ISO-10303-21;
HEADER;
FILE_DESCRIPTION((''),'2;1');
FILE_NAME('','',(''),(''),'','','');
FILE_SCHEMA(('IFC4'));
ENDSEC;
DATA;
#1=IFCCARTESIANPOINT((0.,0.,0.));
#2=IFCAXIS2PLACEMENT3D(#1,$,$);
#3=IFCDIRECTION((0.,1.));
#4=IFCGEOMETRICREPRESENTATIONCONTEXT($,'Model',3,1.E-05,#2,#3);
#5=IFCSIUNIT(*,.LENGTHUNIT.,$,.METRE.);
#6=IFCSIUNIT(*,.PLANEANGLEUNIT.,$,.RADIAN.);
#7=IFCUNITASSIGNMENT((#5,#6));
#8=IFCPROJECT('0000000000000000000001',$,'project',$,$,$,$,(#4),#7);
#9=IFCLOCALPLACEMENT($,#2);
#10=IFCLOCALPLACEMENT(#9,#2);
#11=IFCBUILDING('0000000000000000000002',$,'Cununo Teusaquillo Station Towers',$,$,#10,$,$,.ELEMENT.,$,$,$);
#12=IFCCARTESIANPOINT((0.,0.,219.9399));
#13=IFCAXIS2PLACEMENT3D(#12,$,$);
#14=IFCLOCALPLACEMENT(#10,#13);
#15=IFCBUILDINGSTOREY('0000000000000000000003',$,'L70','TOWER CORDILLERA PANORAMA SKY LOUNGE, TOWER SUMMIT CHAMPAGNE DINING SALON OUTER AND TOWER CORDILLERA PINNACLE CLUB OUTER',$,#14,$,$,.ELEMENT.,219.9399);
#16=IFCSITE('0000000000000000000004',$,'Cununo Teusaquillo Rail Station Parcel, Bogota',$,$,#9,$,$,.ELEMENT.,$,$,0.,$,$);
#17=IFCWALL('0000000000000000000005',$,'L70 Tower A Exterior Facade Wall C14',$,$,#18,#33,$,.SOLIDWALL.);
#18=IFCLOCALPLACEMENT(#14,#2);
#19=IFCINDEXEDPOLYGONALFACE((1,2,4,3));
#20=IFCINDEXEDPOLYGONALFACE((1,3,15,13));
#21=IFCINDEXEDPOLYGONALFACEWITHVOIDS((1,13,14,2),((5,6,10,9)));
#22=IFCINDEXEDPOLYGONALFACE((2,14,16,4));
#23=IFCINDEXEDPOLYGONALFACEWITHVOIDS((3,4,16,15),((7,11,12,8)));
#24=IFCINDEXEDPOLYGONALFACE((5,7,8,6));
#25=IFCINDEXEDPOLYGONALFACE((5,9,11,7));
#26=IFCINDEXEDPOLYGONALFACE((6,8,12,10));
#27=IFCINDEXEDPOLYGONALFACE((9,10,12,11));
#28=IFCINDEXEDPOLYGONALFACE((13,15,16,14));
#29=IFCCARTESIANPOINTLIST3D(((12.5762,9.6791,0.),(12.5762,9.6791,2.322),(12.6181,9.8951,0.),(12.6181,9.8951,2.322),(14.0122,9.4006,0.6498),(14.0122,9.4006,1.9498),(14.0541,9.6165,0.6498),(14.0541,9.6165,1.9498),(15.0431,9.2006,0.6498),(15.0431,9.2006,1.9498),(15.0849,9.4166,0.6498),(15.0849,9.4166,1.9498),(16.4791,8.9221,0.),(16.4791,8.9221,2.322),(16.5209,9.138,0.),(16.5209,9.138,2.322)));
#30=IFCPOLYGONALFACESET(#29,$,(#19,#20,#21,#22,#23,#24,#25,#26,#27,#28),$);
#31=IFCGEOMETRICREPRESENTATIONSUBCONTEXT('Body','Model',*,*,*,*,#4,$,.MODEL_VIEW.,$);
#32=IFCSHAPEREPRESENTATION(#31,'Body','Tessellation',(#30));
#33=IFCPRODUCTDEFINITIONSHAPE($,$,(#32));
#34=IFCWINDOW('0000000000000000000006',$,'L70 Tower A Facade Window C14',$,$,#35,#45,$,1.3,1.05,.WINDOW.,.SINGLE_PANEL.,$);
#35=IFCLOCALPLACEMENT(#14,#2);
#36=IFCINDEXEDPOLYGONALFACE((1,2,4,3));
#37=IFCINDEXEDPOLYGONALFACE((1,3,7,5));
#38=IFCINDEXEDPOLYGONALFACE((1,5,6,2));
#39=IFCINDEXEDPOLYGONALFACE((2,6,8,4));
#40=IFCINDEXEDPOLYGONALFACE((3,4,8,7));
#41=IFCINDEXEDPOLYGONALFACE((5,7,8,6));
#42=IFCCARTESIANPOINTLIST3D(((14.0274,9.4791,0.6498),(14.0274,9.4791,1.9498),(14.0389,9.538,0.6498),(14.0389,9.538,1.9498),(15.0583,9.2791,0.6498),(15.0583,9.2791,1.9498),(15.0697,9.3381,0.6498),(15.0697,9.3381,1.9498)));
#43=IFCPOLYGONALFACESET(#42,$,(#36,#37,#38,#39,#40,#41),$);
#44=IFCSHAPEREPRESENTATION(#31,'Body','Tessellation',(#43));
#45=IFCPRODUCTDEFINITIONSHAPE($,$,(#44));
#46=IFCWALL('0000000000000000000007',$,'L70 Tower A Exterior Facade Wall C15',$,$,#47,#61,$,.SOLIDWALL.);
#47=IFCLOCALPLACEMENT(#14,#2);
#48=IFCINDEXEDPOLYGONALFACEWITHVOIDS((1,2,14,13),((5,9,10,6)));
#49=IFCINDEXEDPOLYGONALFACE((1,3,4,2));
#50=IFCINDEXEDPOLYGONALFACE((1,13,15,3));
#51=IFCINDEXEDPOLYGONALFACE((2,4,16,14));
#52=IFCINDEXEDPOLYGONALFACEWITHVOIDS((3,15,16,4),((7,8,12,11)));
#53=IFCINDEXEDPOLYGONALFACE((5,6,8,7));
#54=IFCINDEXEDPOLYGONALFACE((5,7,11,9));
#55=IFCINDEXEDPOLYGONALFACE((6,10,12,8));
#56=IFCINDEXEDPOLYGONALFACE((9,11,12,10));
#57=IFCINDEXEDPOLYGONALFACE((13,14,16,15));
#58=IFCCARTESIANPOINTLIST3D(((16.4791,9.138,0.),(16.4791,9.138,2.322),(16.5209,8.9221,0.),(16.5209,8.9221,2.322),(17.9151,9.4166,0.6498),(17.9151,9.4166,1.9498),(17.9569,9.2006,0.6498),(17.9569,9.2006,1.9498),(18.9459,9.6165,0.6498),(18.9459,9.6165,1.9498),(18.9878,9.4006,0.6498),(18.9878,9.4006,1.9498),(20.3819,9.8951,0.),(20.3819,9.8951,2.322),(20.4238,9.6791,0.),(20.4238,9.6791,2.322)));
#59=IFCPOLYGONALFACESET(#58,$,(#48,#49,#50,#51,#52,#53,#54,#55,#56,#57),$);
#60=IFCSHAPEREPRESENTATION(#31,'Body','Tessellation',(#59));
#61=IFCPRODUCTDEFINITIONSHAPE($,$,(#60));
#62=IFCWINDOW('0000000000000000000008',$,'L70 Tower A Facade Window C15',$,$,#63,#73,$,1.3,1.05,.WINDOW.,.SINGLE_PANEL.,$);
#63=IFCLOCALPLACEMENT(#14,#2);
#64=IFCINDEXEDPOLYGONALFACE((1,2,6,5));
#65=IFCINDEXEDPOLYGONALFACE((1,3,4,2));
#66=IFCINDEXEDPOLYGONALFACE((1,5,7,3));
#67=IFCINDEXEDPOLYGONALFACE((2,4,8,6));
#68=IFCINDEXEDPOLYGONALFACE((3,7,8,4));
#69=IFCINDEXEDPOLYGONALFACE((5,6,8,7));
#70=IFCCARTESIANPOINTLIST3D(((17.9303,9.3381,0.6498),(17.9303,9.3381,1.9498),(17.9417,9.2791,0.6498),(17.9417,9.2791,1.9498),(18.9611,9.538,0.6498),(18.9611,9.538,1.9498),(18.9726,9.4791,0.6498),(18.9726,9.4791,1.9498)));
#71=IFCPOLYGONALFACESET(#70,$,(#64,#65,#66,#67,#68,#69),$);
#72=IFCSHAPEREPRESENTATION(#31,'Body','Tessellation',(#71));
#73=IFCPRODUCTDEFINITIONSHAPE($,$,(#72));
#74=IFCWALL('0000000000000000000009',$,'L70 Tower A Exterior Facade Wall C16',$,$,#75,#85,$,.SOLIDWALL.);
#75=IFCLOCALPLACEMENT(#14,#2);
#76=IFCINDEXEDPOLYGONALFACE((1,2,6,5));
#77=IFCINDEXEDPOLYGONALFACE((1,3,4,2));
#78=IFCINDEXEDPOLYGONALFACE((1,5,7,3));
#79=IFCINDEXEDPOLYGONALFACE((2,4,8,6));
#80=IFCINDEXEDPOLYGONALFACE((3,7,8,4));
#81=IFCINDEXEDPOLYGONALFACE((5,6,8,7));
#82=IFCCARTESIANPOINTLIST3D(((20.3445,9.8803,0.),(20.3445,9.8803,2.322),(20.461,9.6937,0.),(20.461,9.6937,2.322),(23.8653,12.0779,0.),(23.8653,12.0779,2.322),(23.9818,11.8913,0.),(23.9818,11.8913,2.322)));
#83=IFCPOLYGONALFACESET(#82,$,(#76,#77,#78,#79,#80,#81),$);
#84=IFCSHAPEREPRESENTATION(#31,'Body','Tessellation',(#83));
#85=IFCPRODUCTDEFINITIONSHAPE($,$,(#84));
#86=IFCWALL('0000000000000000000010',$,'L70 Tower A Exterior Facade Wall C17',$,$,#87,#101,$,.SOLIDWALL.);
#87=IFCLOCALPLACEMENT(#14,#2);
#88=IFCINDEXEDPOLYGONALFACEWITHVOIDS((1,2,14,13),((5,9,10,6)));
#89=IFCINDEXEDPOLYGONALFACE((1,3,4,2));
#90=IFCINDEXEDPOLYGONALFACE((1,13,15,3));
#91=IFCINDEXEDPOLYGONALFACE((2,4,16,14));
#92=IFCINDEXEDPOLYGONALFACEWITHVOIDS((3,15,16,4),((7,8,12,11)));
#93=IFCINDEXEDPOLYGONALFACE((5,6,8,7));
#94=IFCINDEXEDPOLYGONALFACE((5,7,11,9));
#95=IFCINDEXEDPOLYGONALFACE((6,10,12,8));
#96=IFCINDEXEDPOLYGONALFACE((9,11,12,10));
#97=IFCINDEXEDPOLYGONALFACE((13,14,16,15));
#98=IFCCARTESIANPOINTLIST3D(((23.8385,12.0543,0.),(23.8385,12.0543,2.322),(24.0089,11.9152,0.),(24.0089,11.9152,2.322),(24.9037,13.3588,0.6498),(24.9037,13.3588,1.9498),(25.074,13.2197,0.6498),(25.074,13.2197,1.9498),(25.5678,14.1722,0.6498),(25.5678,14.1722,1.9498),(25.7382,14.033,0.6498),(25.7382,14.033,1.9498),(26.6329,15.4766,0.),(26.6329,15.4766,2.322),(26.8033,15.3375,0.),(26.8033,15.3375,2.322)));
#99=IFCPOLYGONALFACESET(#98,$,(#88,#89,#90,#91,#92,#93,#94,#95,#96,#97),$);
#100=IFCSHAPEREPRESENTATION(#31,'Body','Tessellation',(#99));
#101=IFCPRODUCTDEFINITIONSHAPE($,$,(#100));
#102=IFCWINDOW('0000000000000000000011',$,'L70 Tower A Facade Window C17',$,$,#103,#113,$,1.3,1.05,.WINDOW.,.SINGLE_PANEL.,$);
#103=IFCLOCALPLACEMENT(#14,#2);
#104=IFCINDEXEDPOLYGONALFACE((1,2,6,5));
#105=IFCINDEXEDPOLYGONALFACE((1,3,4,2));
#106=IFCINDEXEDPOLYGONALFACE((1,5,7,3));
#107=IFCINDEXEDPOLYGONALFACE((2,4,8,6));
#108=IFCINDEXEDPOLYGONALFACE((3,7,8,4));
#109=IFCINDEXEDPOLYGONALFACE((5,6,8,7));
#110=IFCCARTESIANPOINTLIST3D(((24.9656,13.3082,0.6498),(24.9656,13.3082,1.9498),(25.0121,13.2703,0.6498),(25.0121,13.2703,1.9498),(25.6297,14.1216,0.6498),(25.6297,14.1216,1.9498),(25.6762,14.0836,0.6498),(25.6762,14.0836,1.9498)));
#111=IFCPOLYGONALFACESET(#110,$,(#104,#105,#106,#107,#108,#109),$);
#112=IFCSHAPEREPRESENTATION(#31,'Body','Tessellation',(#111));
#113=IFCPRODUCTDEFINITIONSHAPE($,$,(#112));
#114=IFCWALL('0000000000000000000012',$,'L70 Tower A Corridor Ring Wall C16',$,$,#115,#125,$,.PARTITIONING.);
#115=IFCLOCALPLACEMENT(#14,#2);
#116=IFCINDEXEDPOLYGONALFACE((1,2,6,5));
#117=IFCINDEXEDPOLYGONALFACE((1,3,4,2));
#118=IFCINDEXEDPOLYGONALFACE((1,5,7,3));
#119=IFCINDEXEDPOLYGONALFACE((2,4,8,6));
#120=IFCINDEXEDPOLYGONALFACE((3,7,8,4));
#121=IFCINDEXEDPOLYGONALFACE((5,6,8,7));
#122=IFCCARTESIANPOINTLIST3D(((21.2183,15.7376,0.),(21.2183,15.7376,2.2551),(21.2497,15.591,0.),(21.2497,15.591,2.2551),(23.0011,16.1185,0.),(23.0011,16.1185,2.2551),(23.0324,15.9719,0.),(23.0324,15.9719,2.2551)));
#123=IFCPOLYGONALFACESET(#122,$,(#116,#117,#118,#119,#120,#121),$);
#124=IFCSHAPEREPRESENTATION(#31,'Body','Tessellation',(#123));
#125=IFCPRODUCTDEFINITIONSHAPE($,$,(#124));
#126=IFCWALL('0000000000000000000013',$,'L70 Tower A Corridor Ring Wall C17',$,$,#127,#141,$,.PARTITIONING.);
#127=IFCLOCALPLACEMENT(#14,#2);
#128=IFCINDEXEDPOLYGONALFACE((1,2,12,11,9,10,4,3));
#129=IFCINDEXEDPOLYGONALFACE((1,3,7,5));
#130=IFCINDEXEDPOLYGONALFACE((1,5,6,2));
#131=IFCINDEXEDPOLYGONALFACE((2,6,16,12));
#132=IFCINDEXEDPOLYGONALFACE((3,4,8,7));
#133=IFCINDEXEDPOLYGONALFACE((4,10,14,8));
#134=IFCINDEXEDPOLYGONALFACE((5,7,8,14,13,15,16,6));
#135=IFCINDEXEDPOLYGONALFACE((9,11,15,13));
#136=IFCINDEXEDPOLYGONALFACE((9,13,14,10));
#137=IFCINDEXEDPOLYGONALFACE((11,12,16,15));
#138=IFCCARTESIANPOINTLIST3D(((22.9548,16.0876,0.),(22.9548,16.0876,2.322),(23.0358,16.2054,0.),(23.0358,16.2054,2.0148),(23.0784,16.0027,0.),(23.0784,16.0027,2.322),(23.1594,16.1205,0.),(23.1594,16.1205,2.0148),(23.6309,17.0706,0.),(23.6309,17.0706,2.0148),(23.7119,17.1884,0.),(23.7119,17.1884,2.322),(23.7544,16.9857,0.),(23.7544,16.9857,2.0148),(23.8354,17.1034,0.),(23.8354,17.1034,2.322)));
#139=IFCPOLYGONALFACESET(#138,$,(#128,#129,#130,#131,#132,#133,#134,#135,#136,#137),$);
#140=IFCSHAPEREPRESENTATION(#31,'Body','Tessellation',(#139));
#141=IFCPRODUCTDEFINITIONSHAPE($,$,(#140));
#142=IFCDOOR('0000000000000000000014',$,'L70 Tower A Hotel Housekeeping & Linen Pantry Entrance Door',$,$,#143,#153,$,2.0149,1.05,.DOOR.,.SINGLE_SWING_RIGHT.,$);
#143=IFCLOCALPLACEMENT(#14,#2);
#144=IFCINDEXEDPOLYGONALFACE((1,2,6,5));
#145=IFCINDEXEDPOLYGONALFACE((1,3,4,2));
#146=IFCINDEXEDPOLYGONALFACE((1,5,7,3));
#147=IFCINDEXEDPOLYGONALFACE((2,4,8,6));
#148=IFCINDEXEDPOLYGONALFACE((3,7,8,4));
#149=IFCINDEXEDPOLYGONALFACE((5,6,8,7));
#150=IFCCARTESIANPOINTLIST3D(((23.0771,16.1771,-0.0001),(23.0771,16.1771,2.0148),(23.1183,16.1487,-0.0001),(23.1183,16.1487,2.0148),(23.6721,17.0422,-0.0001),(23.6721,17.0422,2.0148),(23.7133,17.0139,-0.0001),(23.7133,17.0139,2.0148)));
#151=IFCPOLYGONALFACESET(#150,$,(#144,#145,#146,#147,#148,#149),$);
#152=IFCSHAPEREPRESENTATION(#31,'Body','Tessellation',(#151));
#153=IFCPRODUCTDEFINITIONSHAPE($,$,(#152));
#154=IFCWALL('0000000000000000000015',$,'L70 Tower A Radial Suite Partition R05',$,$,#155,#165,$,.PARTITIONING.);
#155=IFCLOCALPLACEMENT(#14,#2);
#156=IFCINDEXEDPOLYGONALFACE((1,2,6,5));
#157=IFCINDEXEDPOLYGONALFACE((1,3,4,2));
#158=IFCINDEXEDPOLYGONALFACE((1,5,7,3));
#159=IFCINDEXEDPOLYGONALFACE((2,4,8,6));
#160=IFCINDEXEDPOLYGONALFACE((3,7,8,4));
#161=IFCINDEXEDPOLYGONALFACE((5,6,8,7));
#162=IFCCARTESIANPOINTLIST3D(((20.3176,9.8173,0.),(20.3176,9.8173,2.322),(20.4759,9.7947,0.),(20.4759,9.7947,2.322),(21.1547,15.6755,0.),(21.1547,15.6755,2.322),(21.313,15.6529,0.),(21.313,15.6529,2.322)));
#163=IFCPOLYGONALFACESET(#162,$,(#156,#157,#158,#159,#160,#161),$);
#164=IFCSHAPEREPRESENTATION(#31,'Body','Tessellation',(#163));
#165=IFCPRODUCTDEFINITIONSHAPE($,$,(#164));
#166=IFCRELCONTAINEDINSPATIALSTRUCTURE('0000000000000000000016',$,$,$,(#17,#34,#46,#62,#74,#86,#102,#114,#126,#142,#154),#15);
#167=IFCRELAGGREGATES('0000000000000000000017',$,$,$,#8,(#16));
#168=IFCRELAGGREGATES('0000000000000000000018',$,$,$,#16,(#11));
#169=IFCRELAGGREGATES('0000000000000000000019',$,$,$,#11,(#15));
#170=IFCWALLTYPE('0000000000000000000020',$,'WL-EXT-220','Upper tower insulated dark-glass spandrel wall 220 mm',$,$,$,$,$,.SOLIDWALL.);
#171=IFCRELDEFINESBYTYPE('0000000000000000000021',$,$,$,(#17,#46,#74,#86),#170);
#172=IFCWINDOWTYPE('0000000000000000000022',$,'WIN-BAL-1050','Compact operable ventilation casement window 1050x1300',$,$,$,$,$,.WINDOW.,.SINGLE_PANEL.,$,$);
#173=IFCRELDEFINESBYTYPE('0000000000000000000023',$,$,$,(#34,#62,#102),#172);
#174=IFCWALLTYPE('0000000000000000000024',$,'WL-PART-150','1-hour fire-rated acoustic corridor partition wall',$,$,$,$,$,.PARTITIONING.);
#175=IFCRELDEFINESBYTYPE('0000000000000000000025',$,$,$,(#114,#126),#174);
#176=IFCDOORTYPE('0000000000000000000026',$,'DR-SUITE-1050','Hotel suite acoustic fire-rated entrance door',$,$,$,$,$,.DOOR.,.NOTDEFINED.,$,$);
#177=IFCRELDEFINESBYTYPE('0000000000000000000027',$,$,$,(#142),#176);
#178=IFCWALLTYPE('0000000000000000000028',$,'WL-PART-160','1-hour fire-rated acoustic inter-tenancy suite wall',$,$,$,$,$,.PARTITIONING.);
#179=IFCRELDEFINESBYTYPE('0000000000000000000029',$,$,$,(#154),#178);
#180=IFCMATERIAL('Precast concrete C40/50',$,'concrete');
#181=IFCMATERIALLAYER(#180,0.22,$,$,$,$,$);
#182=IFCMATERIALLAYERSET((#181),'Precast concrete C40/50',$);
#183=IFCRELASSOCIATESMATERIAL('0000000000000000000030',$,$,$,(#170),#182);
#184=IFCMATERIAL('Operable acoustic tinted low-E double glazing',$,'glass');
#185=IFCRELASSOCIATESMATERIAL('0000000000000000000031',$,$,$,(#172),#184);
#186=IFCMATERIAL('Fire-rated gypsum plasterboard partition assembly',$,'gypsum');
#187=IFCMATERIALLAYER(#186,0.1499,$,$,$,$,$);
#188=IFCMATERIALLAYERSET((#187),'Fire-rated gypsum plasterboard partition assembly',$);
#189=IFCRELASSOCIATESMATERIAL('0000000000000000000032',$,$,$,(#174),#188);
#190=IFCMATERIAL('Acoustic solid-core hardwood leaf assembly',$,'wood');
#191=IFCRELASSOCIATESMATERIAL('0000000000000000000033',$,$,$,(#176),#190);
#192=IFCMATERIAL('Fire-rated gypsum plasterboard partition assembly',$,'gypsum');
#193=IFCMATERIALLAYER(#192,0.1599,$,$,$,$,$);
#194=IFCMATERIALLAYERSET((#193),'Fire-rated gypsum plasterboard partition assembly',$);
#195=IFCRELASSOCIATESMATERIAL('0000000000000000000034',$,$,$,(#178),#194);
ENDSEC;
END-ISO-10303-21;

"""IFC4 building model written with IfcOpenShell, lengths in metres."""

from ifc_helpers import new_model, si_unit, direction, frame, frame_2d, origin, place, context, subcontext, project, spatial, rectangle, extrude, source, transform, mapped, material, layer, layer_set, type_object, element, fill, save


model = new_model("IFC4")

# Units and contexts
model_context = context("Model", 3, precision=1e-05, world=origin(), true_north=direction((0.0, 1.0)))
body_context = subcontext(model_context, "Body", "Model", "MODEL_VIEW")
ifc_project = project(units=[si_unit("LENGTHUNIT", "METRE"), si_unit("PLANEANGLEUNIT", "RADIAN")], contexts=[model_context])

# Site, building, storey
site_placement = place(None, origin())
site = spatial("IfcSite", under=ifc_project, at=site_placement, Name="Cununo Teusaquillo Rail Station Parcel, Bogota", CompositionType="ELEMENT", RefElevation=0.0)
building_placement = place(site_placement, origin())
building = spatial("IfcBuilding", under=site, at=building_placement, Name="Cununo Teusaquillo Station Towers", CompositionType="ELEMENT")
storey_placement = place(building_placement, frame((0.0, 0.0, 219.9399)))
storey = spatial("IfcBuildingStorey", under=building, at=storey_placement, Name="L70", Description="TOWER CORDILLERA PANORAMA SKY LOUNGE, TOWER SUMMIT CHAMPAGNE DINING SALON OUTER AND TOWER CORDILLERA PINNACLE CLUB OUTER", CompositionType="ELEMENT", Elevation=219.9399)

# Walls, openings, windows
ifc_material_1 = material(Name="Precast concrete C40/50", Category="concrete")
ifc_layer_1 = layer(ifc_material_1, 0.22)
ifc_layer_set_1 = layer_set([ifc_layer_1], Name="Precast concrete C40/50")
wall_type_1 = type_object("IfcWallType", Name="WL-EXT-220", Description="Upper tower insulated dark-glass spandrel wall 220 mm", PredefinedType="SOLIDWALL", material=ifc_layer_set_1)
wall_1_placement = place(storey_placement, frame((16.5, 9.03, 0.0), z_axis=(0.0, 0.0, 1.0), x_axis=(-0.9817, 0.190432, 0.0)))
wall_1 = element("IfcWall", 1, at=wall_1_placement, inside=storey, type_object=wall_type_1, Name="L70 Tower A Exterior Facade Wall C14", PredefinedType="SOLIDWALL", context=body_context, shape_type="SweptSolid", body=[
    extrude(rectangle(XDim=3.9756, YDim=0.22, at=frame_2d((1.9878, 0.0))), origin(), (0.0, 0.0, 1.0), 2.322),
])
shared_shape_1 = source(origin(), body_context, "Body", "SweptSolid", [
    extrude(rectangle(XDim=1.05, YDim=1.3, at=frame_2d((0.5249, 0.6499))), frame((0.0, 0.1199, 0.0), z_axis=(0.0, -1.0, 0.0), x_axis=(1.0, 0.0, 0.0)), (0.0, 0.0, 1.0), 0.24),
])
opening_1_placement = place(wall_1_placement, frame((1.4629, 0.0, 0.6499)))
opening_1 = element("IfcOpeningElement", 2, at=opening_1_placement, cuts=wall_1, PredefinedType="OPENING", context=body_context, shape_type="MappedRepresentation", body=[
    mapped(shared_shape_1, transform((0.0, 0.0, 0.0), x_axis=(1.0, 0.0, 0.0), y_axis=(0.0, 1.0, 0.0), z_axis=(0.0, 0.0, 1.0), scale=1.0)),
])
ifc_material_2 = material(Name="Operable acoustic tinted low-E double glazing", Category="glass")
window_type = type_object("IfcWindowType", Name="WIN-BAL-1050", Description="Compact operable ventilation casement window 1050x1300", PartitioningType="SINGLE_PANEL", PredefinedType="WINDOW", material=ifc_material_2)
shared_shape_2 = source(origin(), body_context, "Body", "SweptSolid", [
    extrude(rectangle(XDim=1.05, YDim=1.3, at=frame_2d((0.5249, 0.6499))), frame((0.0, 0.03, 0.0), z_axis=(0.0, -1.0, 0.0), x_axis=(1.0, 0.0, 0.0)), (0.0, 0.0, 1.0), 0.0601),
])
window_1_placement = place(opening_1_placement, origin())
window_1 = element("IfcWindow", 3, at=window_1_placement, inside=storey, type_object=window_type, Name="L70 Tower A Facade Window C14", OverallHeight=1.3, OverallWidth=1.05, PartitioningType="SINGLE_PANEL", PredefinedType="WINDOW", context=body_context, shape_type="MappedRepresentation", body=[
    mapped(shared_shape_2, transform((0.0, 0.0, 0.0), x_axis=(1.0, 0.0, 0.0), y_axis=(0.0, 1.0, 0.0), z_axis=(0.0, 0.0, 1.0), scale=1.0)),
])
fill(opening_1, window_1)
wall_2_placement = place(storey_placement, frame((20.4028, 9.7871, 0.0), z_axis=(0.0, 0.0, 1.0), x_axis=(-0.9817, -0.190432, 0.0)))
wall_2 = element("IfcWall", 4, at=wall_2_placement, inside=storey, type_object=wall_type_1, Name="L70 Tower A Exterior Facade Wall C15", PredefinedType="SOLIDWALL", context=body_context, shape_type="SweptSolid", body=[
    extrude(rectangle(XDim=3.9756, YDim=0.22, at=frame_2d((1.9878, 0.0))), origin(), (0.0, 0.0, 1.0), 2.322),
])
opening_2_placement = place(wall_2_placement, frame((1.4629, 0.0, 0.6499)))
opening_2 = element("IfcOpeningElement", 5, at=opening_2_placement, cuts=wall_2, PredefinedType="OPENING", context=body_context, shape_type="MappedRepresentation", body=[
    mapped(shared_shape_1, transform((0.0, 0.0, 0.0), x_axis=(1.0, 0.0, 0.0), y_axis=(0.0, 1.0, 0.0), z_axis=(0.0, 0.0, 1.0), scale=1.0)),
])
window_2_placement = place(opening_2_placement, origin())
window_2 = element("IfcWindow", 6, at=window_2_placement, inside=storey, type_object=window_type, Name="L70 Tower A Facade Window C15", OverallHeight=1.3, OverallWidth=1.05, PartitioningType="SINGLE_PANEL", PredefinedType="WINDOW", context=body_context, shape_type="MappedRepresentation", body=[
    mapped(shared_shape_2, transform((0.0, 0.0, 0.0), x_axis=(1.0, 0.0, 0.0), y_axis=(0.0, 1.0, 0.0), z_axis=(0.0, 0.0, 1.0), scale=1.0)),
])
fill(opening_2, window_2)

# Wall
wall_3_placement = place(storey_placement, frame((23.9236, 11.9846, 0.0), z_axis=(0.0, 0.0, 1.0), x_axis=(-0.848319, -0.529486, 0.0)))
element("IfcWall", 7, at=wall_3_placement, inside=storey, type_object=wall_type_1, Name="L70 Tower A Exterior Facade Wall C16", PredefinedType="SOLIDWALL", context=body_context, shape_type="SweptSolid", body=[
    extrude(rectangle(XDim=4.1504, YDim=0.22, at=frame_2d((2.0752, 0.0))), origin(), (0.0, 0.0, 1.0), 2.322),
])

# Wall, opening, window
wall_4_placement = place(storey_placement, frame((26.718, 15.407, 0.0), z_axis=(0.0, 0.0, 1.0), x_axis=(-0.632467, -0.774587, 0.0)))
wall_4 = element("IfcWall", 8, at=wall_4_placement, inside=storey, type_object=wall_type_1, Name="L70 Tower A Exterior Facade Wall C17", PredefinedType="SOLIDWALL", context=body_context, shape_type="SweptSolid", body=[
    extrude(rectangle(XDim=4.4182, YDim=0.22, at=frame_2d((2.209, 0.0))), origin(), (0.0, 0.0, 1.0), 2.322),
])
opening_3_placement = place(wall_4_placement, frame((1.6841, 0.0, 0.6499)))
opening_3 = element("IfcOpeningElement", 9, at=opening_3_placement, cuts=wall_4, PredefinedType="OPENING", context=body_context, shape_type="MappedRepresentation", body=[
    mapped(shared_shape_1, transform((0.0, 0.0, 0.0), x_axis=(1.0, 0.0, 0.0), y_axis=(0.0, 1.0, 0.0), z_axis=(0.0, 0.0, 1.0), scale=1.0)),
])
window_3_placement = place(opening_3_placement, origin())
window_3 = element("IfcWindow", 10, at=window_3_placement, inside=storey, type_object=window_type, Name="L70 Tower A Facade Window C17", OverallHeight=1.3, OverallWidth=1.05, PartitioningType="SINGLE_PANEL", PredefinedType="WINDOW", context=body_context, shape_type="MappedRepresentation", body=[
    mapped(shared_shape_2, transform((0.0, 0.0, 0.0), x_axis=(1.0, 0.0, 0.0), y_axis=(0.0, 1.0, 0.0), z_axis=(0.0, 0.0, 1.0), scale=1.0)),
])
fill(opening_3, window_3)

# Wall
ifc_material_3 = material(Name="Fire-rated gypsum plasterboard partition assembly", Category="gypsum")
ifc_layer_2 = layer(ifc_material_3, 0.1499)
ifc_layer_set_2 = layer_set([ifc_layer_2], Name="Fire-rated gypsum plasterboard partition assembly")
wall_type_2 = type_object("IfcWallType", Name="WL-PART-150", Description="1-hour fire-rated acoustic corridor partition wall", PredefinedType="PARTITIONING", material=ifc_layer_set_2)
wall_5_placement = place(storey_placement, frame((21.2339, 15.6643, 0.0), z_axis=(0.0, 0.0, 1.0), x_axis=(0.977932, 0.208925, 0.0)))
element("IfcWall", 11, at=wall_5_placement, inside=storey, type_object=wall_type_2, Name="L70 Tower A Corridor Ring Wall C16", PredefinedType="PARTITIONING", context=body_context, shape_type="SweptSolid", body=[
    extrude(rectangle(XDim=1.823, YDim=0.1499, at=frame_2d((0.9116, 0.0))), origin(), (0.0, 0.0, 1.0), 2.2551),
])

# Wall, opening, door
wall_6_placement = place(storey_placement, frame((23.0166, 16.0452, 0.0), z_axis=(0.0, 0.0, 1.0), x_axis=(0.566661, 0.823951, 0.0)))
wall_6 = element("IfcWall", 12, at=wall_6_placement, inside=storey, type_object=wall_type_2, Name="L70 Tower A Corridor Ring Wall C17", PredefinedType="PARTITIONING", context=body_context, shape_type="SweptSolid", body=[
    extrude(rectangle(XDim=1.3359, YDim=0.1499, at=frame_2d((0.668, 0.0))), origin(), (0.0, 0.0, 1.0), 2.322),
])
shared_shape_3 = source(origin(), body_context, "Body", "SweptSolid", [
    extrude(rectangle(XDim=1.05, YDim=2.0149, at=frame_2d((0.5249, 1.0073))), frame((0.0, 0.085, 0.0), z_axis=(0.0, -1.0, 0.0), x_axis=(1.0, 0.0, 0.0)), (0.0, 0.0, 1.0), 0.1699),
])
opening_4_placement = place(wall_6_placement, frame((0.1431, 0.0, 0.0)))
opening_4 = element("IfcOpeningElement", 13, at=opening_4_placement, cuts=wall_6, PredefinedType="OPENING", context=body_context, shape_type="MappedRepresentation", body=[
    mapped(shared_shape_3, transform((0.0, 0.0, 0.0), x_axis=(1.0, 0.0, 0.0), y_axis=(0.0, 1.0, 0.0), z_axis=(0.0, 0.0, 1.0), scale=1.0)),
])
ifc_material_4 = material(Name="Acoustic solid-core hardwood leaf assembly", Category="wood")
door_type = type_object("IfcDoorType", Name="DR-SUITE-1050", Description="Hotel suite acoustic fire-rated entrance door", OperationType="NOTDEFINED", PredefinedType="DOOR", material=ifc_material_4)
shared_shape_4 = source(origin(), body_context, "Body", "SweptSolid", [
    extrude(rectangle(XDim=1.05, YDim=2.0149, at=frame_2d((0.5249, 1.0073))), frame((0.0, 0.0249, 0.0), z_axis=(0.0, -1.0, 0.0), x_axis=(1.0, 0.0, 0.0)), (0.0, 0.0, 1.0), 0.05),
])
door_placement = place(opening_4_placement, origin())
door = element("IfcDoor", 14, at=door_placement, inside=storey, type_object=door_type, Name="L70 Tower A Hotel Housekeeping & Linen Pantry Entrance Door", OperationType="SINGLE_SWING_RIGHT", OverallHeight=2.0149, OverallWidth=1.05, PredefinedType="DOOR", context=body_context, shape_type="MappedRepresentation", body=[
    mapped(shared_shape_4, transform((0.0, 0.0, 0.0), x_axis=(1.0, 0.0, 0.0), y_axis=(0.0, 1.0, 0.0), z_axis=(0.0, 0.0, 1.0), scale=1.0)),
])
fill(opening_4, door)

# Wall
ifc_material_5 = material(Name="Fire-rated gypsum plasterboard partition assembly", Category="gypsum")
ifc_layer_3 = layer(ifc_material_5, 0.1599)
ifc_layer_set_3 = layer_set([ifc_layer_3], Name="Fire-rated gypsum plasterboard partition assembly")
wall_type_3 = type_object("IfcWallType", Name="WL-PART-160", Description="1-hour fire-rated acoustic inter-tenancy suite wall", PredefinedType="PARTITIONING", material=ifc_layer_set_3)
wall_7_placement = place(storey_placement, frame((21.2339, 15.6643, 0.0), z_axis=(0.0, 0.0, 1.0), x_axis=(-0.141468, -0.989943, 0.0)))
element("IfcWall", 15, at=wall_7_placement, inside=storey, type_object=wall_type_3, Name="L70 Tower A Radial Suite Partition R05", PredefinedType="PARTITIONING", context=body_context, shape_type="SweptSolid", body=[
    extrude(rectangle(XDim=5.9177, YDim=0.1599, at=frame_2d((2.959, 0.0))), origin(), (0.0, 0.0, 1.0), 2.322),
])

save(model, "model.ifc")
